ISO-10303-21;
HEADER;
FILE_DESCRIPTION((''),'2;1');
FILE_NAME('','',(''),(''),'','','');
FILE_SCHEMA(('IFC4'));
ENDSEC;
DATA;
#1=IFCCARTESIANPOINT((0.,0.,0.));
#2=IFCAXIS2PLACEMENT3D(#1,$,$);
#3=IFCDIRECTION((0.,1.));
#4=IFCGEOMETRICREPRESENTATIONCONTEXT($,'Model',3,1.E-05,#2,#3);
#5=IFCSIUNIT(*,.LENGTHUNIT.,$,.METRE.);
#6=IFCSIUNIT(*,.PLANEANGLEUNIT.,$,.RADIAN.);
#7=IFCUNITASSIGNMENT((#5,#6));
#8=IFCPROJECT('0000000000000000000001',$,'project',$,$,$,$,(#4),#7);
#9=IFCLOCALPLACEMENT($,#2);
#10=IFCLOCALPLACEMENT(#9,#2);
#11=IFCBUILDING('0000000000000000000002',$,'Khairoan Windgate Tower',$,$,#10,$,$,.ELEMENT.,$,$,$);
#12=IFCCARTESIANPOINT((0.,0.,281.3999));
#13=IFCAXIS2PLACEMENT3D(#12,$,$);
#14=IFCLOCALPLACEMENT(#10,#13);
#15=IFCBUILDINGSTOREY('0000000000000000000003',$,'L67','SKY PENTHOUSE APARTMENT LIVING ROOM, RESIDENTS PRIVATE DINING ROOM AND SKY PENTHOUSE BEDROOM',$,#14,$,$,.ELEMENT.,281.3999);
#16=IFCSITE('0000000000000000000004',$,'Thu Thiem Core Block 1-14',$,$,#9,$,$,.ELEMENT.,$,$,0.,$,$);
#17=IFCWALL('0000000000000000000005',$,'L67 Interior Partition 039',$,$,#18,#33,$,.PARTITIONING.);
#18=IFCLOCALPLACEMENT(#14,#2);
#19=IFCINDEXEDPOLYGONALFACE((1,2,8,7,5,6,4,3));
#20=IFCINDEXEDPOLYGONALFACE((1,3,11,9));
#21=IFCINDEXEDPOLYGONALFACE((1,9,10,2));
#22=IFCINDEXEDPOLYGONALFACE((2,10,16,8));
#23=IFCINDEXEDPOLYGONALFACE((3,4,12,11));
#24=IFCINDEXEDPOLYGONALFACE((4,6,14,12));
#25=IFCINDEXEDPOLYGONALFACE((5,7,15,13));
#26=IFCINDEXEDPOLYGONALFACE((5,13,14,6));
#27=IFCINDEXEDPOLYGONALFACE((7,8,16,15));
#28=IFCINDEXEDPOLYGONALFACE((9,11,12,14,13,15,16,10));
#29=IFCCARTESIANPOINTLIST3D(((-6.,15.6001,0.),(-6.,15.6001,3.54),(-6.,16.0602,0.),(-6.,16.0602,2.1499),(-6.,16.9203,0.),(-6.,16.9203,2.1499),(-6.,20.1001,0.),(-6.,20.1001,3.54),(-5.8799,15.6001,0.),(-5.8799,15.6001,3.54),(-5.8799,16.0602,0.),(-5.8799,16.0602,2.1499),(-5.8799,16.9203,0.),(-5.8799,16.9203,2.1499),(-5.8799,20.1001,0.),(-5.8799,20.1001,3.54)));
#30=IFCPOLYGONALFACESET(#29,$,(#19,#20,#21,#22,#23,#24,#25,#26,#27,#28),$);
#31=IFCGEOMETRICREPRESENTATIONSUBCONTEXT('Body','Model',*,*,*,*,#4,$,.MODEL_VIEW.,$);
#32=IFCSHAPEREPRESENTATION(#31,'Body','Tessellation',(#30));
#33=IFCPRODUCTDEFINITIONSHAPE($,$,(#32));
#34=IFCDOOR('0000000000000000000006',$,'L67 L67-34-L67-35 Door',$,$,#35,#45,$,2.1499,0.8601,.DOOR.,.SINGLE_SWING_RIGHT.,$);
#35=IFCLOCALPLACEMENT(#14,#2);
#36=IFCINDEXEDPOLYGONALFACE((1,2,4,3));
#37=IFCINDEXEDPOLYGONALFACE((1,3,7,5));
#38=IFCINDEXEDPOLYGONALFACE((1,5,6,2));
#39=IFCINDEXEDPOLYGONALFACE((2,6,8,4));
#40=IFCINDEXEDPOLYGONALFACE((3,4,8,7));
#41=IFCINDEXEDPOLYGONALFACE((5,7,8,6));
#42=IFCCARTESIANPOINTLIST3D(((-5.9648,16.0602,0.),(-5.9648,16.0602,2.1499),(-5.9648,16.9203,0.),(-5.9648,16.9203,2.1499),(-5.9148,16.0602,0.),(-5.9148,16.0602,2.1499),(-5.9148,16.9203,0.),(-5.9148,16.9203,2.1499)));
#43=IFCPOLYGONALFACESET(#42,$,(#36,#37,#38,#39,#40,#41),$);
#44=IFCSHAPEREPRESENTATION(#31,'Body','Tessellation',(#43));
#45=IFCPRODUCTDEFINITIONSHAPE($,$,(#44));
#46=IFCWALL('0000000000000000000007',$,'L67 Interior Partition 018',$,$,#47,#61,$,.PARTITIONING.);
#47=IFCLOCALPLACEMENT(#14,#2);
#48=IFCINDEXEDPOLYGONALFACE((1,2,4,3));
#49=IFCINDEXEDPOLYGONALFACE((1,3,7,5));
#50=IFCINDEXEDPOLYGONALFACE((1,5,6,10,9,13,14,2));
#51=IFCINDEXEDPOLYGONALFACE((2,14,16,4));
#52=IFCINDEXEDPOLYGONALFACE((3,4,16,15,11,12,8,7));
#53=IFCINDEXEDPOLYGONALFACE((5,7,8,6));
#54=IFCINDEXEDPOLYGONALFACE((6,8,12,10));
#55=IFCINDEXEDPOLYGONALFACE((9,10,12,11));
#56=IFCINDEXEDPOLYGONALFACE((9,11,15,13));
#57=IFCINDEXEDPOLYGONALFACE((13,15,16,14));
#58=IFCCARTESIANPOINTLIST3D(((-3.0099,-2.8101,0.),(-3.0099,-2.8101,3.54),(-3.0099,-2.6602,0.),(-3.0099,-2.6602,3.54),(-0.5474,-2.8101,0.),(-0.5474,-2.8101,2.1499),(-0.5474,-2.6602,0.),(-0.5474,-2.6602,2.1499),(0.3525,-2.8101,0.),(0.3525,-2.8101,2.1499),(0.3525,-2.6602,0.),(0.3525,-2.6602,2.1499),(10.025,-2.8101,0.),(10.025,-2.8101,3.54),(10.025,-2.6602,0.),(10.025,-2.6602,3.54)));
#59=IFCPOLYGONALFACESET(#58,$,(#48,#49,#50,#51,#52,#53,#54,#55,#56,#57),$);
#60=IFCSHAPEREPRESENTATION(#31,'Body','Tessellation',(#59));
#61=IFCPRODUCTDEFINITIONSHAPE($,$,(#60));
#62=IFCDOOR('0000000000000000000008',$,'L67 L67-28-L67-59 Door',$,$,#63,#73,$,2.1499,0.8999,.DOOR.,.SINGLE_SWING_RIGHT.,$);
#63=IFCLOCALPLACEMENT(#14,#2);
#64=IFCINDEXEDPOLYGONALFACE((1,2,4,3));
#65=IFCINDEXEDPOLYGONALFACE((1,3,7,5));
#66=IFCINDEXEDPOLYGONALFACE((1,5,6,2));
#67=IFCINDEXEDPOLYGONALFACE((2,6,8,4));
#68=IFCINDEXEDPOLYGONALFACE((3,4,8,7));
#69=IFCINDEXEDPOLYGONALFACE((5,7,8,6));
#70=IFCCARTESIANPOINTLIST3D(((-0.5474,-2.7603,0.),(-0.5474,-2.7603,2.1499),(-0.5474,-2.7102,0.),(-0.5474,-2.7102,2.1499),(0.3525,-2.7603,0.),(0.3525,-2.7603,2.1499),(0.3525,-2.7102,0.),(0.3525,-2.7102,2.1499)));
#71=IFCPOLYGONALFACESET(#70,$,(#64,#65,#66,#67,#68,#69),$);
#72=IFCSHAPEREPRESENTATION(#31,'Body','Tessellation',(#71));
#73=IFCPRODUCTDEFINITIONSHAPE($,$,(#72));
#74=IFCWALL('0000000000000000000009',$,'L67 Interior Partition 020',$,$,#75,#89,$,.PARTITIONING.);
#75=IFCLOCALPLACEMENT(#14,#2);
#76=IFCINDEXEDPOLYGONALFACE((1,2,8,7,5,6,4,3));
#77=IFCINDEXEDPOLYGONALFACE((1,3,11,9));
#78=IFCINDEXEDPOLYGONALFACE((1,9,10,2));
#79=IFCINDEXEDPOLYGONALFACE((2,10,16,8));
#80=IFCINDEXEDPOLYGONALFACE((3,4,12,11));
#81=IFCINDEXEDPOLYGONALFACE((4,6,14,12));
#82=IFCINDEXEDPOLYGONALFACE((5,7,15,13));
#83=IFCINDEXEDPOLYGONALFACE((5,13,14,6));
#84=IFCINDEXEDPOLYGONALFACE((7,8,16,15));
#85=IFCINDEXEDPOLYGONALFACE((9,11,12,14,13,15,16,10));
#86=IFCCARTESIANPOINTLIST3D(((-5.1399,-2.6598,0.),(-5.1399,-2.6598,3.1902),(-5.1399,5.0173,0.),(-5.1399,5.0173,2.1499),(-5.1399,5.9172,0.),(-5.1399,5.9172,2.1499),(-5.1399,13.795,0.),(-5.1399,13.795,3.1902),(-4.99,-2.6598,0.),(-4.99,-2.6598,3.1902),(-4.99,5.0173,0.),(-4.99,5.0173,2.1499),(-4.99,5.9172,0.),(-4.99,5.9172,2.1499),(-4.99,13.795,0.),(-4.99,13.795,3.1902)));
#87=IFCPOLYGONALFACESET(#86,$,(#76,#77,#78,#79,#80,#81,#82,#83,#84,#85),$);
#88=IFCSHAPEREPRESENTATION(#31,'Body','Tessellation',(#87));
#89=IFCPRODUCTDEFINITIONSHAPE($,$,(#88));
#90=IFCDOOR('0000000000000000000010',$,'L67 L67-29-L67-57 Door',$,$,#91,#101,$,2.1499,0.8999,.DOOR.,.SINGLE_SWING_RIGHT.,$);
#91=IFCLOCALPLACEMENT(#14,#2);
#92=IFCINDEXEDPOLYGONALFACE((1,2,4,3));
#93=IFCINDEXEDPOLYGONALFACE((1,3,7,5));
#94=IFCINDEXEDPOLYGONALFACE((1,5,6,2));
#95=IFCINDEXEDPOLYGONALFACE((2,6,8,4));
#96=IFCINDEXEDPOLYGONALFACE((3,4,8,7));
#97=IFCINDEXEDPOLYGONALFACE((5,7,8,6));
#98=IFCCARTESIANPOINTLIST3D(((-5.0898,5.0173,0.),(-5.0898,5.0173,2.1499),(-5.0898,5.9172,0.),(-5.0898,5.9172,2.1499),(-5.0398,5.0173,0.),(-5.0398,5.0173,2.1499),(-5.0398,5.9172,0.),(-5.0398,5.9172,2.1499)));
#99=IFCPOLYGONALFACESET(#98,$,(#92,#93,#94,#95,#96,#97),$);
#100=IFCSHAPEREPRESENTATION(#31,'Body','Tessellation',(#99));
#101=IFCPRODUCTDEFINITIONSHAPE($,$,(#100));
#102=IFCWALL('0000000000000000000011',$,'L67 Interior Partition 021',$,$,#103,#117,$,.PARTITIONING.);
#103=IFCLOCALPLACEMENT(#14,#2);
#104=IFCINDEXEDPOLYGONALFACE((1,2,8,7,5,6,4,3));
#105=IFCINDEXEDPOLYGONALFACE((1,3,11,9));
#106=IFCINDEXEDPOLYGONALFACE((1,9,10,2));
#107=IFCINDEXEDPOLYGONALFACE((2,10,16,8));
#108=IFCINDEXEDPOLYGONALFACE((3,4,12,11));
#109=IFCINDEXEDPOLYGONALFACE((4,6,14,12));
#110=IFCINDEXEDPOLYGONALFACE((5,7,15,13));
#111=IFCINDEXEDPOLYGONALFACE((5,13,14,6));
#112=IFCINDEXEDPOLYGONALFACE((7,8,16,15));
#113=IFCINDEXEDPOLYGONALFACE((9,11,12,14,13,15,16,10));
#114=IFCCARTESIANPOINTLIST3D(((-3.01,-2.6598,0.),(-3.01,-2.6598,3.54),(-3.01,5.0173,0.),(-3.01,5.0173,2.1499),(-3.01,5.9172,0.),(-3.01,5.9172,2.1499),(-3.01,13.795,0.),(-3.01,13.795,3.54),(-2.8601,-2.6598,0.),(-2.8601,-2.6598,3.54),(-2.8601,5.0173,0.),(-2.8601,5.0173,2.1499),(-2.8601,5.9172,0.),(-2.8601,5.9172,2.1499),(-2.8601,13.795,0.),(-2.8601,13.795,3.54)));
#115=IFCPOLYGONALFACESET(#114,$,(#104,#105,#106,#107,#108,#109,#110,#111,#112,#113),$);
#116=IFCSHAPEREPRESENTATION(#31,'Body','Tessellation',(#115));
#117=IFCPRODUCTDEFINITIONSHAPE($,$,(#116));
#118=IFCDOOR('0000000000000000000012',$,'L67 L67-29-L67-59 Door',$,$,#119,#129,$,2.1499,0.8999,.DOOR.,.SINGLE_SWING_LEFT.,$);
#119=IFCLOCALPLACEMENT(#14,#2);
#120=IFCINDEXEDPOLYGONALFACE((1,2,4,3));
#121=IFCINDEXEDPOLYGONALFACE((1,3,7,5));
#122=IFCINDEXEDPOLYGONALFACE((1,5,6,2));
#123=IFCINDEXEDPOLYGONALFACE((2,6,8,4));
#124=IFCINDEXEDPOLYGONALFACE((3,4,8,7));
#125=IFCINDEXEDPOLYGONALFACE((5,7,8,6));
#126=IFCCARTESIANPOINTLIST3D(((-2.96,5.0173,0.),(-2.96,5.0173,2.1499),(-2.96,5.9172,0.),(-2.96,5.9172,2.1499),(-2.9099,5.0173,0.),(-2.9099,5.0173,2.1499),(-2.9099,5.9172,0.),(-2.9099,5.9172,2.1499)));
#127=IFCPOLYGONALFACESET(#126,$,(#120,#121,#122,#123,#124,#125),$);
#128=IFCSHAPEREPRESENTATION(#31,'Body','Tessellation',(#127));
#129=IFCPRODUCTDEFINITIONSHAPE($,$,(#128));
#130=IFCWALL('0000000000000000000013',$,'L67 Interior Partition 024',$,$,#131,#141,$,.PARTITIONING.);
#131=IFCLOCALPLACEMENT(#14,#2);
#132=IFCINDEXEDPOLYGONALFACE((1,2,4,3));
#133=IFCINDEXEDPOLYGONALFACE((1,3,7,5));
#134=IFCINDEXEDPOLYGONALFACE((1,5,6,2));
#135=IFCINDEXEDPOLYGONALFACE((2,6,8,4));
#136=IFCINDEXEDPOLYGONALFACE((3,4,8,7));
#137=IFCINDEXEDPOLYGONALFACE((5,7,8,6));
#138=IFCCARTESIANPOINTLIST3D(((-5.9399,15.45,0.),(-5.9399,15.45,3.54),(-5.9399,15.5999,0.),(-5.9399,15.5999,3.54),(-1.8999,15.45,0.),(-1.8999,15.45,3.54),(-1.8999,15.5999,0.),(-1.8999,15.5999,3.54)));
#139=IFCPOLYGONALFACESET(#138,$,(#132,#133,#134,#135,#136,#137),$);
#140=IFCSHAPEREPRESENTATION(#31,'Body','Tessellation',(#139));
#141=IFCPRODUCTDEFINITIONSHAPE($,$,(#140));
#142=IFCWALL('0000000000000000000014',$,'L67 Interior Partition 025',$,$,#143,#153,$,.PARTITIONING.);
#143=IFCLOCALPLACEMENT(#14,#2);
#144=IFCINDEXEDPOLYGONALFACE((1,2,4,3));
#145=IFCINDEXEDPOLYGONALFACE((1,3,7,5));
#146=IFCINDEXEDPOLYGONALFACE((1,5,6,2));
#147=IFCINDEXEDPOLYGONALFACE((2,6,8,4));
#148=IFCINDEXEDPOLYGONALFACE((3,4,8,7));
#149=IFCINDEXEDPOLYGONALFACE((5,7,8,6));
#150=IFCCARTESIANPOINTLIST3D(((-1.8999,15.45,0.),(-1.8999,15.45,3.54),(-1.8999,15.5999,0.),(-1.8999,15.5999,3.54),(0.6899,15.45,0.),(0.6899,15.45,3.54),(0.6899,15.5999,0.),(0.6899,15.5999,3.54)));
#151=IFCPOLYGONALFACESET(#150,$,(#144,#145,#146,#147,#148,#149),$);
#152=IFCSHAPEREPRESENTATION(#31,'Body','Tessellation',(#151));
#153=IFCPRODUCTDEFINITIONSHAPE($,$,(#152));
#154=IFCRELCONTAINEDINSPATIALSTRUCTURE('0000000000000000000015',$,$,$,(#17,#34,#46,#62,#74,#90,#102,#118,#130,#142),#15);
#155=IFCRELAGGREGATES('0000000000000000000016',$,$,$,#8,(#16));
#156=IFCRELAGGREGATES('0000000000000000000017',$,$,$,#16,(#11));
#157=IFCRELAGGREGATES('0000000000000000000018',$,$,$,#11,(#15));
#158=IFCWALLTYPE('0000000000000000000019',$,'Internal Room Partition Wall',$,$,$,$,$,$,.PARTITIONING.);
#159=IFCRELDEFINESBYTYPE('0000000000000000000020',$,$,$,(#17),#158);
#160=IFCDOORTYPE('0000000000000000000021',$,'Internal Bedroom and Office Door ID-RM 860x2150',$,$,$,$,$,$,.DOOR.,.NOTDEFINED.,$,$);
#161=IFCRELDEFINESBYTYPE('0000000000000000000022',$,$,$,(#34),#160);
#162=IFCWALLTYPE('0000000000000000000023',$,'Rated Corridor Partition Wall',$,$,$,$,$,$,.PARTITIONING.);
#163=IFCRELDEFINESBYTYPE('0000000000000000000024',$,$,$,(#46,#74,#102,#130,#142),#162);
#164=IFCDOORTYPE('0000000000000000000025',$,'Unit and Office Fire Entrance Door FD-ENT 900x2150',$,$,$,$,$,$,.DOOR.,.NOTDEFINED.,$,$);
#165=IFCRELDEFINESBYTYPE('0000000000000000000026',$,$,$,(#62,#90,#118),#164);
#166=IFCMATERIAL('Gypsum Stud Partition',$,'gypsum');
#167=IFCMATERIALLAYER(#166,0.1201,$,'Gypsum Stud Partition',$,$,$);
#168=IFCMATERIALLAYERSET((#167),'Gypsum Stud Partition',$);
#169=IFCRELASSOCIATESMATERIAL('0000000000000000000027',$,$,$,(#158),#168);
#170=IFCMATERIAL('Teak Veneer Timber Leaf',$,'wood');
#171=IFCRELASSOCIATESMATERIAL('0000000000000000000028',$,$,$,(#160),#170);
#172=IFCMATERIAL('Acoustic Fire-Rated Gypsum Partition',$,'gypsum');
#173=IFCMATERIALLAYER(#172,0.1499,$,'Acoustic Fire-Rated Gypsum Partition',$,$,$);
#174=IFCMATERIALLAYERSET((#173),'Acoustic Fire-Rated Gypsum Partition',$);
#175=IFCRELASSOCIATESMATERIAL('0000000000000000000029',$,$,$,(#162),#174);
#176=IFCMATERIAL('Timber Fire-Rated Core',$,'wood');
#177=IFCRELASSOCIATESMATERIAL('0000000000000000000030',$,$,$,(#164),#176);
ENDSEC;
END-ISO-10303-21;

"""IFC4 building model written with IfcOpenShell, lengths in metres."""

from ifc_helpers import new_model, si_unit, direction, frame, frame_2d, origin, place, context, subcontext, project, spatial, rectangle, extrude, material, layer, layer_set, type_object, element, fill, save


model = new_model("IFC4")

# Units and contexts
model_context = context("Model", 3, precision=1e-05, world=origin(), true_north=direction((0.0, 1.0)))
body_context = subcontext(model_context, "Body", "Model", "MODEL_VIEW")
ifc_project = project(units=[si_unit("LENGTHUNIT", "METRE"), si_unit("PLANEANGLEUNIT", "RADIAN")], contexts=[model_context])

# Site, building, storey
site_placement = place(None, origin())
site = spatial("IfcSite", under=ifc_project, at=site_placement, Name="Thu Thiem Core Block 1-14", CompositionType="ELEMENT", RefElevation=0.0)
building_placement = place(site_placement, origin())
building = spatial("IfcBuilding", under=site, at=building_placement, Name="Khairoan Windgate Tower", CompositionType="ELEMENT")
storey_placement = place(building_placement, frame((0.0, 0.0, 281.3999)))
storey = spatial("IfcBuildingStorey", under=building, at=storey_placement, Name="L67", Description="SKY PENTHOUSE APARTMENT LIVING ROOM, RESIDENTS PRIVATE DINING ROOM AND SKY PENTHOUSE BEDROOM", CompositionType="ELEMENT", Elevation=281.3999)

# Walls, openings, doors
ifc_material_1 = material(Name="Gypsum Stud Partition", Category="gypsum")
ifc_layer_1 = layer(ifc_material_1, 0.1201, Name="Gypsum Stud Partition")
ifc_layer_set_1 = layer_set([ifc_layer_1], Name="Gypsum Stud Partition")
wall_type_1 = type_object("IfcWallType", Name="Internal Room Partition Wall", PredefinedType="PARTITIONING", material=ifc_layer_set_1)
wall_1_placement = place(storey_placement, frame((-5.9399, 15.6001, 0.0), z_axis=(0.0, 0.0, 1.0), x_axis=(0.0, 1.0, 0.0)))
wall_1 = element("IfcWall", 1, at=wall_1_placement, inside=storey, type_object=wall_type_1, Name="L67 Interior Partition 039", PredefinedType="PARTITIONING", context=body_context, shape_type="SweptSolid", body=[
    extrude(rectangle(XDim=4.5, YDim=0.1201, at=frame_2d((2.25, 0.0))), origin(), (0.0, 0.0, 1.0), 3.54),
])
opening_1_placement = place(wall_1_placement, frame((0.46, 0.0, 0.0)))
opening_1 = element("IfcOpeningElement", 2, at=opening_1_placement, cuts=wall_1, PredefinedType="OPENING", context=body_context, shape_type="SweptSolid", body=[
    extrude(rectangle(XDim=0.8601, YDim=2.1499, at=frame_2d((0.4302, 1.075))), frame((0.0, 0.0701, 0.0), z_axis=(0.0, -1.0, 0.0), x_axis=(1.0, 0.0, 0.0)), (0.0, 0.0, 1.0), 0.1401),
])
ifc_material_2 = material(Name="Teak Veneer Timber Leaf", Category="wood")
door_type_1 = type_object("IfcDoorType", Name="Internal Bedroom and Office Door ID-RM 860x2150", OperationType="NOTDEFINED", PredefinedType="DOOR", material=ifc_material_2)
door_1_placement = place(opening_1_placement, origin())
door_1 = element("IfcDoor", 3, at=door_1_placement, inside=storey, type_object=door_type_1, Name="L67 L67-34-L67-35 Door", OperationType="SINGLE_SWING_RIGHT", OverallHeight=2.1499, OverallWidth=0.8601, PredefinedType="DOOR", context=body_context, shape_type="SweptSolid", body=[
    extrude(rectangle(XDim=0.8601, YDim=2.1499, at=frame_2d((0.4302, 1.075))), frame((0.0, 0.0249, 0.0), z_axis=(0.0, -1.0, 0.0), x_axis=(1.0, 0.0, 0.0)), (0.0, 0.0, 1.0), 0.05),
])
fill(opening_1, door_1)
ifc_material_3 = material(Name="Acoustic Fire-Rated Gypsum Partition", Category="gypsum")
ifc_layer_2 = layer(ifc_material_3, 0.1499, Name="Acoustic Fire-Rated Gypsum Partition")
ifc_layer_set_2 = layer_set([ifc_layer_2], Name="Acoustic Fire-Rated Gypsum Partition")
wall_type_2 = type_object("IfcWallType", Name="Rated Corridor Partition Wall", PredefinedType="PARTITIONING", material=ifc_layer_set_2)
wall_2_placement = place(storey_placement, frame((-3.01, -2.7351, 0.0), z_axis=(0.0, 0.0, 1.0), x_axis=(1.0, 0.0, 0.0)))
wall_2 = element("IfcWall", 4, at=wall_2_placement, inside=storey, type_object=wall_type_2, Name="L67 Interior Partition 018", PredefinedType="PARTITIONING", context=body_context, shape_type="SweptSolid", body=[
    extrude(rectangle(XDim=13.0349, YDim=0.1499, at=frame_2d((6.5176, 0.0))), origin(), (0.0, 0.0, 1.0), 3.54),
])
opening_2_placement = place(wall_2_placement, frame((2.4626, 0.0, 0.0)))
opening_2 = element("IfcOpeningElement", 5, at=opening_2_placement, cuts=wall_2, PredefinedType="OPENING", context=body_context, shape_type="SweptSolid", body=[
    extrude(rectangle(XDim=0.8999, YDim=2.1499, at=frame_2d((0.45, 1.075))), frame((0.0, 0.085, 0.0), z_axis=(0.0, -1.0, 0.0), x_axis=(1.0, 0.0, 0.0)), (0.0, 0.0, 1.0), 0.1699),
])
ifc_material_4 = material(Name="Timber Fire-Rated Core", Category="wood")
door_type_2 = type_object("IfcDoorType", Name="Unit and Office Fire Entrance Door FD-ENT 900x2150", OperationType="NOTDEFINED", PredefinedType="DOOR", material=ifc_material_4)
door_2_placement = place(opening_2_placement, origin())
door_2 = element("IfcDoor", 6, at=door_2_placement, inside=storey, type_object=door_type_2, Name="L67 L67-28-L67-59 Door", OperationType="SINGLE_SWING_RIGHT", OverallHeight=2.1499, OverallWidth=0.8999, PredefinedType="DOOR", context=body_context, shape_type="SweptSolid", body=[
    extrude(rectangle(XDim=0.8999, YDim=2.1499, at=frame_2d((0.45, 1.075))), frame((0.0, 0.0249, 0.0), z_axis=(0.0, -1.0, 0.0), x_axis=(1.0, 0.0, 0.0)), (0.0, 0.0, 1.0), 0.05),
])
fill(opening_2, door_2)
wall_3_placement = place(storey_placement, frame((-5.0649, -2.6599, 0.0), z_axis=(0.0, 0.0, 1.0), x_axis=(0.0, 1.0, 0.0)))
wall_3 = element("IfcWall", 7, at=wall_3_placement, inside=storey, type_object=wall_type_2, Name="L67 Interior Partition 020", PredefinedType="PARTITIONING", context=body_context, shape_type="SweptSolid", body=[
    extrude(rectangle(XDim=16.4548, YDim=0.1499, at=frame_2d((8.2275, 0.0))), origin(), (0.0, 0.0, 1.0), 3.1902),
])
opening_3_placement = place(wall_3_placement, frame((7.6772, 0.0, 0.0)))
opening_3 = element("IfcOpeningElement", 8, at=opening_3_placement, cuts=wall_3, PredefinedType="OPENING", context=body_context, shape_type="SweptSolid", body=[
    extrude(rectangle(XDim=0.8999, YDim=2.1499, at=frame_2d((0.45, 1.075))), frame((0.0, 0.085, 0.0), z_axis=(0.0, -1.0, 0.0), x_axis=(1.0, 0.0, 0.0)), (0.0, 0.0, 1.0), 0.1699),
])
door_3_placement = place(opening_3_placement, origin())
door_3 = element("IfcDoor", 9, at=door_3_placement, inside=storey, type_object=door_type_2, Name="L67 L67-29-L67-57 Door", OperationType="SINGLE_SWING_RIGHT", OverallHeight=2.1499, OverallWidth=0.8999, PredefinedType="DOOR", context=body_context, shape_type="SweptSolid", body=[
    extrude(rectangle(XDim=0.8999, YDim=2.1499, at=frame_2d((0.45, 1.075))), frame((0.0, 0.0249, 0.0), z_axis=(0.0, -1.0, 0.0), x_axis=(1.0, 0.0, 0.0)), (0.0, 0.0, 1.0), 0.05),
])
fill(opening_3, door_3)
wall_4_placement = place(storey_placement, frame((-2.9351, -2.6599, 0.0), z_axis=(0.0, 0.0, 1.0), x_axis=(0.0, 1.0, 0.0)))
wall_4 = element("IfcWall", 10, at=wall_4_placement, inside=storey, type_object=wall_type_2, Name="L67 Interior Partition 021", PredefinedType="PARTITIONING", context=body_context, shape_type="SweptSolid", body=[
    extrude(rectangle(XDim=16.4548, YDim=0.1499, at=frame_2d((8.2275, 0.0))), origin(), (0.0, 0.0, 1.0), 3.54),
])
opening_4_placement = place(wall_4_placement, frame((7.6772, 0.0, 0.0)))
opening_4 = element("IfcOpeningElement", 11, at=opening_4_placement, cuts=wall_4, PredefinedType="OPENING", context=body_context, shape_type="SweptSolid", body=[
    extrude(rectangle(XDim=0.8999, YDim=2.1499, at=frame_2d((0.45, 1.075))), frame((0.0, 0.085, 0.0), z_axis=(0.0, -1.0, 0.0), x_axis=(1.0, 0.0, 0.0)), (0.0, 0.0, 1.0), 0.1699),
])
door_4_placement = place(opening_4_placement, origin())
door_4 = element("IfcDoor", 12, at=door_4_placement, inside=storey, type_object=door_type_2, Name="L67 L67-29-L67-59 Door", OperationType="SINGLE_SWING_LEFT", OverallHeight=2.1499, OverallWidth=0.8999, PredefinedType="DOOR", context=body_context, shape_type="SweptSolid", body=[
    extrude(rectangle(XDim=0.8999, YDim=2.1499, at=frame_2d((0.45, 1.075))), frame((0.0, 0.0249, 0.0), z_axis=(0.0, -1.0, 0.0), x_axis=(1.0, 0.0, 0.0)), (0.0, 0.0, 1.0), 0.05),
])
fill(opening_4, door_4)

# Walls
wall_5_placement = place(storey_placement, frame((-5.9399, 15.5249, 0.0), z_axis=(0.0, 0.0, 1.0), x_axis=(1.0, 0.0, 0.0)))
element("IfcWall", 13, at=wall_5_placement, inside=storey, type_object=wall_type_2, Name="L67 Interior Partition 024", PredefinedType="PARTITIONING", context=body_context, shape_type="SweptSolid", body=[
    extrude(rectangle(XDim=4.04, YDim=0.1499, at=frame_2d((2.02, 0.0))), origin(), (0.0, 0.0, 1.0), 3.54),
])
wall_6_placement = place(storey_placement, frame((-1.8999, 15.5249, 0.0), z_axis=(0.0, 0.0, 1.0), x_axis=(1.0, 0.0, 0.0)))
element("IfcWall", 14, at=wall_6_placement, inside=storey, type_object=wall_type_2, Name="L67 Interior Partition 025", PredefinedType="PARTITIONING", context=body_context, shape_type="SweptSolid", body=[
    extrude(rectangle(XDim=2.5898, YDim=0.1499, at=frame_2d((1.2949, 0.0))), origin(), (0.0, 0.0, 1.0), 3.54),
])

save(model, "model.ifc")
